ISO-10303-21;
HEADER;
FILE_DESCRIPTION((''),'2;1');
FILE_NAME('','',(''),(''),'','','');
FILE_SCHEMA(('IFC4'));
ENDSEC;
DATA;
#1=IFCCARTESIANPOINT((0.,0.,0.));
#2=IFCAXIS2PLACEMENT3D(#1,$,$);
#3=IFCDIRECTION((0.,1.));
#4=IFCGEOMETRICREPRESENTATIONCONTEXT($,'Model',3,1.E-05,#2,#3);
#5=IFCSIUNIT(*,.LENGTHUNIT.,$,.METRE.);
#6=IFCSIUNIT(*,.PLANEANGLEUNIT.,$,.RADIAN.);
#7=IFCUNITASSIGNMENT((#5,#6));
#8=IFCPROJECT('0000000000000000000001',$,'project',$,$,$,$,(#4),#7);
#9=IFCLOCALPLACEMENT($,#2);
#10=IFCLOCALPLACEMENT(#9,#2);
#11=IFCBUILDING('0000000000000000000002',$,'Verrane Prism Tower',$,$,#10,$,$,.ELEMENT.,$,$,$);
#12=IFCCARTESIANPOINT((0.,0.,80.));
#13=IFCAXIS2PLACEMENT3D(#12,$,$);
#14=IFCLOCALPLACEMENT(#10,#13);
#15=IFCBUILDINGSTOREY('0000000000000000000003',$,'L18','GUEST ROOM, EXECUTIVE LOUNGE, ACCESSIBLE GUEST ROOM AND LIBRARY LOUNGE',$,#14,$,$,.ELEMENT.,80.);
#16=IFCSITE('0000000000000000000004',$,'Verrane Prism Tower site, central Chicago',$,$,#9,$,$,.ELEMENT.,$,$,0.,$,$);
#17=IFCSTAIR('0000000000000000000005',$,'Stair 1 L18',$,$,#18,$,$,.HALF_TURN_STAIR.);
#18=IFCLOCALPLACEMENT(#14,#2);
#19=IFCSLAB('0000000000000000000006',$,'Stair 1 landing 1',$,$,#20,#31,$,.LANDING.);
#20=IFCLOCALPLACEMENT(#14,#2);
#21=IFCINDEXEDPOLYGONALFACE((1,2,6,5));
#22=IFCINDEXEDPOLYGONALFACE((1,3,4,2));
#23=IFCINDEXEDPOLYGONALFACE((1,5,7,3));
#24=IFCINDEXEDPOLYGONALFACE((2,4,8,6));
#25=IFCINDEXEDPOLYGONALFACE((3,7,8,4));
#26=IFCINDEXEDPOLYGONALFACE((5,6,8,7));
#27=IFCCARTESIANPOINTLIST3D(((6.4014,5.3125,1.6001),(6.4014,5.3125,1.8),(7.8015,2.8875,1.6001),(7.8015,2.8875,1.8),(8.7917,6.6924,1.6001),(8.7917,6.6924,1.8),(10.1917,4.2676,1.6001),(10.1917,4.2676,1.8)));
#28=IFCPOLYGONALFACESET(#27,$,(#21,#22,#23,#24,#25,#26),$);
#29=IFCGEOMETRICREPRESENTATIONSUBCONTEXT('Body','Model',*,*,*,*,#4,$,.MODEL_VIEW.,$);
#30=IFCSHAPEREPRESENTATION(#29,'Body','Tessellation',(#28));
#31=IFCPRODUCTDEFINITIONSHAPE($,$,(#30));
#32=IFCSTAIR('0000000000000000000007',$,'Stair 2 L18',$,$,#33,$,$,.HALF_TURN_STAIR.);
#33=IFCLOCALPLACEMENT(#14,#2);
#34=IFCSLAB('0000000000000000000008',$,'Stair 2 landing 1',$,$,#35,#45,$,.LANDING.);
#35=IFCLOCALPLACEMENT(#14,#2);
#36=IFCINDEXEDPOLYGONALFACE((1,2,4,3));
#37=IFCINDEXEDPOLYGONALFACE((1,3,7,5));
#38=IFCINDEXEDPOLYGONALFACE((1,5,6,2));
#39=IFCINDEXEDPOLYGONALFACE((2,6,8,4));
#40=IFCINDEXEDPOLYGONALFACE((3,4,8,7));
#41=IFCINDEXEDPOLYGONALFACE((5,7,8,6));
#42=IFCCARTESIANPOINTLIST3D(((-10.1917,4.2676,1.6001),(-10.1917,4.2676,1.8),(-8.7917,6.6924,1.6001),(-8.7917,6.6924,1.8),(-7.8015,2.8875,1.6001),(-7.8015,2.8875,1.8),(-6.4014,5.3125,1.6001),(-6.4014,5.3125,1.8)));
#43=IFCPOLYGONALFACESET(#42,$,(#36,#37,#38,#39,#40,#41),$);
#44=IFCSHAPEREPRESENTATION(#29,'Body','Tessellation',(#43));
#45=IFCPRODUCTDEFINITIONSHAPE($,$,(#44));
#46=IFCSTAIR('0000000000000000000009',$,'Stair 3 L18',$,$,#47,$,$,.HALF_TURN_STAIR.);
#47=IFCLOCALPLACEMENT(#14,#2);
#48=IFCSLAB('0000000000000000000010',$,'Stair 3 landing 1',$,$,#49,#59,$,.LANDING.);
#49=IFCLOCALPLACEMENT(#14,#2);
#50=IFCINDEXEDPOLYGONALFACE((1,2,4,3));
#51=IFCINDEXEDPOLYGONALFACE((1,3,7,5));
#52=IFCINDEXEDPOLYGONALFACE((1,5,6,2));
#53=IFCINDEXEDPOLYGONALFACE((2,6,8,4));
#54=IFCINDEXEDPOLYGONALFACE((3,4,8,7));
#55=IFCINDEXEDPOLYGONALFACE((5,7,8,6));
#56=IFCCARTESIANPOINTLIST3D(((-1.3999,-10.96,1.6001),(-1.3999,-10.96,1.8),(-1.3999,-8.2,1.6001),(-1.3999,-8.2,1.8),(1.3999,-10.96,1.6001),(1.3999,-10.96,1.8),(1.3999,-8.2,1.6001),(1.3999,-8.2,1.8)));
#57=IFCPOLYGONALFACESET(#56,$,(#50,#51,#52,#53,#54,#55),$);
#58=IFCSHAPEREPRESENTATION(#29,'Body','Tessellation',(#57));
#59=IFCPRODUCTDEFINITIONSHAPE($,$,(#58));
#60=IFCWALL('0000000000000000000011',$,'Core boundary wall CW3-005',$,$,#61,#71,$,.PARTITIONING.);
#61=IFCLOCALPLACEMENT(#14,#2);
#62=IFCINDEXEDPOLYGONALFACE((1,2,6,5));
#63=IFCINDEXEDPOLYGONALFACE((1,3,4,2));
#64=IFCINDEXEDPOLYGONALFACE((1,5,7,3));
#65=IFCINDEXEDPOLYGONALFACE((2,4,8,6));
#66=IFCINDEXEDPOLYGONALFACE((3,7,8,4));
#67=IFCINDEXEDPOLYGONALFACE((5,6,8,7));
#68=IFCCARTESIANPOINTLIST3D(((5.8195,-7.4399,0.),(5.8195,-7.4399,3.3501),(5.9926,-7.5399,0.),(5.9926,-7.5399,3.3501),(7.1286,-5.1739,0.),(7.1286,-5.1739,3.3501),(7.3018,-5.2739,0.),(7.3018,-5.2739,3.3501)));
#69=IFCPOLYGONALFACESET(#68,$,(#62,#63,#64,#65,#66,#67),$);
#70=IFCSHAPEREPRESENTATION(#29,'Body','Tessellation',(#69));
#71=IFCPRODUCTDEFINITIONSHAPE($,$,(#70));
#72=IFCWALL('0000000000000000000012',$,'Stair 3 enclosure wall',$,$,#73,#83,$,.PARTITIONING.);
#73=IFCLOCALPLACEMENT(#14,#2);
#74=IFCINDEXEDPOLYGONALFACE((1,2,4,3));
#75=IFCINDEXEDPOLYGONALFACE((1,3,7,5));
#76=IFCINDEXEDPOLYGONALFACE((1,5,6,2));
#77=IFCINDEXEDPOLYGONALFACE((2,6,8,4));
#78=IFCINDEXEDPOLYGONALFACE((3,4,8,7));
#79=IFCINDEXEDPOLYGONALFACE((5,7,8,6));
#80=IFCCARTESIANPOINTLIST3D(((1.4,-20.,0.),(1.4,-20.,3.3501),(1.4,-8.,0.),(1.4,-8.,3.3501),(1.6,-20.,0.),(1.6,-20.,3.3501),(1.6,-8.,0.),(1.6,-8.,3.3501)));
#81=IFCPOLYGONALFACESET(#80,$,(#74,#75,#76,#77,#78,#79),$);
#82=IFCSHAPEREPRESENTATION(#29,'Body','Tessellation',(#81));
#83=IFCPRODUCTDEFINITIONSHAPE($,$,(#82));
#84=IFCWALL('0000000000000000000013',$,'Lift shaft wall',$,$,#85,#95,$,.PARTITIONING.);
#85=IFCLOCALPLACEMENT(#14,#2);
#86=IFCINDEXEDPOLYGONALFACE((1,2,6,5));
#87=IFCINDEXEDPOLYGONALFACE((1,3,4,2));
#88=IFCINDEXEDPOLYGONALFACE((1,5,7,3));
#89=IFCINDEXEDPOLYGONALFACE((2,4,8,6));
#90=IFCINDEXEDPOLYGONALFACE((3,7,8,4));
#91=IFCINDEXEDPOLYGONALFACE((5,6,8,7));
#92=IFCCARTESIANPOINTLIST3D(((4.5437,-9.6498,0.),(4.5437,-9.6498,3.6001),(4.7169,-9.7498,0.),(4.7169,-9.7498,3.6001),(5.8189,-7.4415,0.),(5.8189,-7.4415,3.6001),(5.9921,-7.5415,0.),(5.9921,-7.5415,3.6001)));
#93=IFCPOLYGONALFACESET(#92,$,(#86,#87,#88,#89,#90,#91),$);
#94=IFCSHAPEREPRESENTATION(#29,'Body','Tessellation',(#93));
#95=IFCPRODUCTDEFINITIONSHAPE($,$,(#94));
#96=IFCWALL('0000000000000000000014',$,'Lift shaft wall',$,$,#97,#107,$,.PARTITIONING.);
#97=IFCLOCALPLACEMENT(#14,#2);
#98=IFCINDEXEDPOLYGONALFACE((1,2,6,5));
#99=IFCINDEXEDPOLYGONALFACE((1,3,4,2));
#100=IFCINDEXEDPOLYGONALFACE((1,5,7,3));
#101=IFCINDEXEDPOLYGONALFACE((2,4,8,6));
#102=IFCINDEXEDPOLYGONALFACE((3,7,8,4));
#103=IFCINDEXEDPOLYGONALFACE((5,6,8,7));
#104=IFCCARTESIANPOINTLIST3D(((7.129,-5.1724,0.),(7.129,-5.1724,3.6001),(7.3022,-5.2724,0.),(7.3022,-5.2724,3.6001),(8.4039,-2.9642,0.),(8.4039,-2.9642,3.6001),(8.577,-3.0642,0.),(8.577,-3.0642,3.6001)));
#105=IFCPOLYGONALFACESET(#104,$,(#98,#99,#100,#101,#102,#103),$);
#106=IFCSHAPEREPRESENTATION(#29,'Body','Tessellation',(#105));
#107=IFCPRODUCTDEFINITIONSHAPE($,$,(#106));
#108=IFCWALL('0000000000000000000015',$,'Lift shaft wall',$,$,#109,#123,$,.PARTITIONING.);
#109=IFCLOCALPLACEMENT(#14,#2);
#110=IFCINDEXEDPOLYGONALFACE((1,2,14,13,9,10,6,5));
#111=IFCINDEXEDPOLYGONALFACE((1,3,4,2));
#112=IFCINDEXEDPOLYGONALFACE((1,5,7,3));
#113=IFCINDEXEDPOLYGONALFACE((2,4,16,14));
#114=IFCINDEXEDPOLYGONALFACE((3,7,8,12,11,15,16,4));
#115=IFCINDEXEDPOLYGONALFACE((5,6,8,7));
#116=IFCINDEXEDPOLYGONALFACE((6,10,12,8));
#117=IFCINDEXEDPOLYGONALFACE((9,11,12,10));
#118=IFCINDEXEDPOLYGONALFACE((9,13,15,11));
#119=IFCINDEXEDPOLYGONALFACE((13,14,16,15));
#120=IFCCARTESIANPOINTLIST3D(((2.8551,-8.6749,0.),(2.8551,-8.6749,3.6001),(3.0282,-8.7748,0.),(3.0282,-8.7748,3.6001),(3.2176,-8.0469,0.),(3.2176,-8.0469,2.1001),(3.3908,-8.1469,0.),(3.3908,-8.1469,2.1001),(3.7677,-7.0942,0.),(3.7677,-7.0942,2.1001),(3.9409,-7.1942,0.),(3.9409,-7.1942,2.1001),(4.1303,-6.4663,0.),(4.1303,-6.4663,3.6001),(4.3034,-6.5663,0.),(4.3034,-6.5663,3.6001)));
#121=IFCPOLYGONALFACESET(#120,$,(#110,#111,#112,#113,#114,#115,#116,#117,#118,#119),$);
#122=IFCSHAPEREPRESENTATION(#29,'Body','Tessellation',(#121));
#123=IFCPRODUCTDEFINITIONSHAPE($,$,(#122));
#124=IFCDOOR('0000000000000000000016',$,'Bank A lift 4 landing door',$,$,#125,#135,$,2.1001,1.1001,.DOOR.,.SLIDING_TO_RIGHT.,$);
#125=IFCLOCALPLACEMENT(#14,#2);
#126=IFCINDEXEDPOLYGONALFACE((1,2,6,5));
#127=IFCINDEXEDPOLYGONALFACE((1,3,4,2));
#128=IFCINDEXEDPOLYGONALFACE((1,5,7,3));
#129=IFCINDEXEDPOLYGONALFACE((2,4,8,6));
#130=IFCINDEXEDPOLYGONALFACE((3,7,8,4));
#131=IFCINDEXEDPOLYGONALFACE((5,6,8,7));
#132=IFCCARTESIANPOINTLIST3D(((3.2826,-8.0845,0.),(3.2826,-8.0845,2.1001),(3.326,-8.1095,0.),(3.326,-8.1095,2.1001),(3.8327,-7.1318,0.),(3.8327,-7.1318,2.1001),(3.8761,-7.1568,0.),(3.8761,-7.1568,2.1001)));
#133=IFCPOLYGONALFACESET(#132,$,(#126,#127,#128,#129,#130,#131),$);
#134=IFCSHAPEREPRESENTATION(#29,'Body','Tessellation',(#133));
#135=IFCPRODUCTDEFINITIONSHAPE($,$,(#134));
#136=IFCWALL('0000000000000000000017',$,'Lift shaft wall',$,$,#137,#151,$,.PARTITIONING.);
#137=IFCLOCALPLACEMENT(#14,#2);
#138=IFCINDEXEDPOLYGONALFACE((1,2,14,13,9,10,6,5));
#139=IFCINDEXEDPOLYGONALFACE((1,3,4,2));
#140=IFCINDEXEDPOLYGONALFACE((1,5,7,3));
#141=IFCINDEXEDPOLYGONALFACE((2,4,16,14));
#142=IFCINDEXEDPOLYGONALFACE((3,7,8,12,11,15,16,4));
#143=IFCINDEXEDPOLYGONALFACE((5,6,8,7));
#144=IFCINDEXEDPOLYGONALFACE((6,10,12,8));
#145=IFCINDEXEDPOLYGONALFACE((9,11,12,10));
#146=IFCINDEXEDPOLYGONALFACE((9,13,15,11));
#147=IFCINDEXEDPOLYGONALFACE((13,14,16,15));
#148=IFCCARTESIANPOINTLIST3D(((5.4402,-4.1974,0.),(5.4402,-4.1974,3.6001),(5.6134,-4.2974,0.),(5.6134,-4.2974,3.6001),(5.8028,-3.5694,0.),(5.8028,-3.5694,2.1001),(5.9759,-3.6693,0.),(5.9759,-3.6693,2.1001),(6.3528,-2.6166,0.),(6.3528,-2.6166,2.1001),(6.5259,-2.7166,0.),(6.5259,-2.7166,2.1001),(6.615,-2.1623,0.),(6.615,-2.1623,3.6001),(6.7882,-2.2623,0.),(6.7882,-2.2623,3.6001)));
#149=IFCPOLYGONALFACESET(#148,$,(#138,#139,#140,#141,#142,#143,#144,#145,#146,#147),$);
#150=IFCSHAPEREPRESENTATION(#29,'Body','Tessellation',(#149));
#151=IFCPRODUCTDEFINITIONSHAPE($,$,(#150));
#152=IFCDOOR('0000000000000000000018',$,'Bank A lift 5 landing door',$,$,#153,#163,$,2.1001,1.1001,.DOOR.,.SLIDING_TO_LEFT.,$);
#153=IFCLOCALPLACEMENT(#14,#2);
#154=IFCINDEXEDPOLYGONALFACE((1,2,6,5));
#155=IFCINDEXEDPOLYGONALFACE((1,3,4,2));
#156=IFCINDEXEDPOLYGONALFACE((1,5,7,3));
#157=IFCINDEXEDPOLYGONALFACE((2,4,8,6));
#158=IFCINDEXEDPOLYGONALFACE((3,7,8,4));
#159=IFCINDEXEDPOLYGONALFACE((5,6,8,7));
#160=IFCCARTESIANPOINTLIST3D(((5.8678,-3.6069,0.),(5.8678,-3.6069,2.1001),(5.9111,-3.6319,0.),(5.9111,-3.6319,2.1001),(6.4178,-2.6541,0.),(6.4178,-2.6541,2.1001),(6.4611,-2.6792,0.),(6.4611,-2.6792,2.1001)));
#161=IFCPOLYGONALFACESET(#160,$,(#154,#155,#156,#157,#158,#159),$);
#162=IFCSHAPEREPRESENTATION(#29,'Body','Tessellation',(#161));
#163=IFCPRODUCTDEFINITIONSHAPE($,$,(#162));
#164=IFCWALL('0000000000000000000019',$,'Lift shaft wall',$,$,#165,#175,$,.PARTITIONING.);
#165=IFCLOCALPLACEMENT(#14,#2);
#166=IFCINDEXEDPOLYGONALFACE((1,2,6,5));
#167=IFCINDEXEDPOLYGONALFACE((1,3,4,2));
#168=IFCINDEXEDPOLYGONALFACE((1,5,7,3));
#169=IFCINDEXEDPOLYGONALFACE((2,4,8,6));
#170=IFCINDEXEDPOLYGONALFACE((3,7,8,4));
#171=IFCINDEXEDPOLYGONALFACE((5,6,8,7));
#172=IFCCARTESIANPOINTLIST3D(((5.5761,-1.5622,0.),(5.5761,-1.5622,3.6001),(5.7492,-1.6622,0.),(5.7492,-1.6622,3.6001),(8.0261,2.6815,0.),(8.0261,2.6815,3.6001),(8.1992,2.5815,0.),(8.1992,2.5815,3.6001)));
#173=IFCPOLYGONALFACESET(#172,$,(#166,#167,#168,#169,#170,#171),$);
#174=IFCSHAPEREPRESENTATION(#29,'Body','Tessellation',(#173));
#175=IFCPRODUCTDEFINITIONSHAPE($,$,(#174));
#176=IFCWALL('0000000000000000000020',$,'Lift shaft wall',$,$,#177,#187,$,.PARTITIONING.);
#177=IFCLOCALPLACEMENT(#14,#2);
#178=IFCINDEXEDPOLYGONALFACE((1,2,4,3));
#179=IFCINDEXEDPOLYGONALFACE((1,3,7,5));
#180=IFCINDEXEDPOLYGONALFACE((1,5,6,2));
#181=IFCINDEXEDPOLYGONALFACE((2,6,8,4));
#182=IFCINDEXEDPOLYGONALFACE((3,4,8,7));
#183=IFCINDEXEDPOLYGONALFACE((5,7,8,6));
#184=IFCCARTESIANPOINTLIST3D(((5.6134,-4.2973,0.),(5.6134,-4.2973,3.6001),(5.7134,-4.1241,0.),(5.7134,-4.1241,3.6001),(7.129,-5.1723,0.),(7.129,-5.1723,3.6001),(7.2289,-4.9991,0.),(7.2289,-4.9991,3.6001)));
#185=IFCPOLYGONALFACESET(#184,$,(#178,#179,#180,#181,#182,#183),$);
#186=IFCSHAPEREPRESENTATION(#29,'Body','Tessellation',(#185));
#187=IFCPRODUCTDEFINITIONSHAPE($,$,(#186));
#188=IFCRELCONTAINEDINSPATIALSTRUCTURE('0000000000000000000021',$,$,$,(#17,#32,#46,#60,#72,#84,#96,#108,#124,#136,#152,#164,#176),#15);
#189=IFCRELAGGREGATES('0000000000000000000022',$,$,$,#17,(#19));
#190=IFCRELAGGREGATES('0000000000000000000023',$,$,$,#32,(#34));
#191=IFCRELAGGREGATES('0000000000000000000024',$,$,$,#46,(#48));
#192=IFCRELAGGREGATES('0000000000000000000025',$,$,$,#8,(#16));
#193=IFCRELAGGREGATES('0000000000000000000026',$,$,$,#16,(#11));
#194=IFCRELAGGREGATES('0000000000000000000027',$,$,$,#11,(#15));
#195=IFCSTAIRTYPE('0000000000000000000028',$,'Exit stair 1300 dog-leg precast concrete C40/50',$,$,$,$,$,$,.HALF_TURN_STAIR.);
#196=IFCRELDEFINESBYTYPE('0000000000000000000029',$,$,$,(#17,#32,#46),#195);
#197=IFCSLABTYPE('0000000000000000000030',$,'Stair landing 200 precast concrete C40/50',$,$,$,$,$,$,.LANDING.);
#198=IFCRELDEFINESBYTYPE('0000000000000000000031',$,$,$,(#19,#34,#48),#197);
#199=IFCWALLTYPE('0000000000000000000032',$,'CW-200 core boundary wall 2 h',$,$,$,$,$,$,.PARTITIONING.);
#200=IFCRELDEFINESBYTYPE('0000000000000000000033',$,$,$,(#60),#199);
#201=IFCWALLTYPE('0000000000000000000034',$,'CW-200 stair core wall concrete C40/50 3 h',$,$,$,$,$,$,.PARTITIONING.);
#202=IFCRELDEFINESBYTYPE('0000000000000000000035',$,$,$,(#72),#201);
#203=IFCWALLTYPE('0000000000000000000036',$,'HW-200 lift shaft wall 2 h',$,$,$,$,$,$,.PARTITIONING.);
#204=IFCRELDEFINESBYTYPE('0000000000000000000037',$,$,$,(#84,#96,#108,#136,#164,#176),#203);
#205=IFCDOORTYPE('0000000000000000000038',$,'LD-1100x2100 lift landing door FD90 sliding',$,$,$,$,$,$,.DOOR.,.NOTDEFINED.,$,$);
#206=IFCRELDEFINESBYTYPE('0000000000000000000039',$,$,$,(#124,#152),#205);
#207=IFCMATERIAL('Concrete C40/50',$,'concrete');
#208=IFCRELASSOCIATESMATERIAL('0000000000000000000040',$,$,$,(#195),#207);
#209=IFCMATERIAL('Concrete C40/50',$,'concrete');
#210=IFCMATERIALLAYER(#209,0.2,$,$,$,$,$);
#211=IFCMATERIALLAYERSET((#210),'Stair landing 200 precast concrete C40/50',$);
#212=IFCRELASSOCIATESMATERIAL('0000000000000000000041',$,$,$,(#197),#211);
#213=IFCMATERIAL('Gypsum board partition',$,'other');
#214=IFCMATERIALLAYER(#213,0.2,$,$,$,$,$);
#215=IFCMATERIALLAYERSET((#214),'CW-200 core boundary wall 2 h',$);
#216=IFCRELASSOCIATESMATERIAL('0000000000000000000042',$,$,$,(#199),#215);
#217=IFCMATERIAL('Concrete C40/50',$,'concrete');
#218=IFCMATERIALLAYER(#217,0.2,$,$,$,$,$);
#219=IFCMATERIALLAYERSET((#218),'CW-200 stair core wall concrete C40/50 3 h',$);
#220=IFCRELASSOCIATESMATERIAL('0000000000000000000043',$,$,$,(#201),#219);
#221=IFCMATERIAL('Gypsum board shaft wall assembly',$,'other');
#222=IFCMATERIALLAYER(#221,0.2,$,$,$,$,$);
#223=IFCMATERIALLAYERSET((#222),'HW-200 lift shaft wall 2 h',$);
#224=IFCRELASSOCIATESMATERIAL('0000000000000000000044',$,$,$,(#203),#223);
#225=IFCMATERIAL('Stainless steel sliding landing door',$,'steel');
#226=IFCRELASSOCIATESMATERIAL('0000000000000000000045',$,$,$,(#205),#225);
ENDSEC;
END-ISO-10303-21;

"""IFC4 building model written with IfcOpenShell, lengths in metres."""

from ifc_helpers import new_model, si_unit, direction, frame, frame_2d, origin, place, context, subcontext, project, spatial, polyline, rectangle, outline, extrude, material, layer, layer_set, type_object, element, fill, aggregate, save


model = new_model("IFC4")

# Units and contexts
model_context = context("Model", 3, precision=1e-05, world=origin(), true_north=direction((0.0, 1.0)))
body_context = subcontext(model_context, "Body", "Model", "MODEL_VIEW")
ifc_project = project(units=[si_unit("LENGTHUNIT", "METRE"), si_unit("PLANEANGLEUNIT", "RADIAN")], contexts=[model_context])

# Site, building, storey
site_placement = place(None, origin())
site = spatial("IfcSite", under=ifc_project, at=site_placement, Name="Verrane Prism Tower site, central Chicago", CompositionType="ELEMENT", RefElevation=0.0)
building_placement = place(site_placement, origin())
building = spatial("IfcBuilding", under=site, at=building_placement, Name="Verrane Prism Tower", CompositionType="ELEMENT")
storey_placement = place(building_placement, frame((0.0, 0.0, 80.0)))
storey = spatial("IfcBuildingStorey", under=building, at=storey_placement, Name="L18", Description="GUEST ROOM, EXECUTIVE LOUNGE, ACCESSIBLE GUEST ROOM AND LIBRARY LOUNGE", CompositionType="ELEMENT", Elevation=80.0)

# Stairs, slabs
ifc_material_1 = material(Name="Concrete C40/50", Category="concrete")
stair_type = type_object("IfcStairType", Name="Exit stair 1300 dog-leg precast concrete C40/50", PredefinedType="HALF_TURN_STAIR", material=ifc_material_1)
stair_1_placement = place(storey_placement, origin())
stair_1 = element("IfcStair", 1, at=stair_1_placement, inside=storey, type_object=stair_type, Name="Stair 1 L18", PredefinedType="HALF_TURN_STAIR")
ifc_material_2 = material(Name="Concrete C40/50", Category="concrete")
ifc_layer_1 = layer(ifc_material_2, 0.2)
ifc_layer_set_1 = layer_set([ifc_layer_1], Name="Stair landing 200 precast concrete C40/50")
slab_type = type_object("IfcSlabType", Name="Stair landing 200 precast concrete C40/50", PredefinedType="LANDING", material=ifc_layer_set_1)
slab_1_placement = place(storey_placement, frame((0.0, 0.0, 1.6001)))
slab_1 = element("IfcSlab", 2, at=slab_1_placement, type_object=slab_type, Name="Stair 1 landing 1", PredefinedType="LANDING", context=body_context, shape_type="SweptSolid", body=[
    extrude(outline(polyline([(8.7917, 6.6924), (6.4014, 5.3125), (7.8015, 2.8875), (10.1917, 4.2676), (8.7917, 6.6924)])), origin(), (0.0, 0.0, 1.0), 0.2),
])
aggregate(stair_1, [slab_1])
stair_2_placement = place(storey_placement, origin())
stair_2 = element("IfcStair", 3, at=stair_2_placement, inside=storey, type_object=stair_type, Name="Stair 2 L18", PredefinedType="HALF_TURN_STAIR")
slab_2_placement = place(storey_placement, frame((0.0, 0.0, 1.6001)))
slab_2 = element("IfcSlab", 4, at=slab_2_placement, type_object=slab_type, Name="Stair 2 landing 1", PredefinedType="LANDING", context=body_context, shape_type="SweptSolid", body=[
    extrude(outline(polyline([(-10.1917, 4.2676), (-7.8015, 2.8875), (-6.4014, 5.3125), (-8.7917, 6.6924), (-10.1917, 4.2676)])), origin(), (0.0, 0.0, 1.0), 0.2),
])
aggregate(stair_2, [slab_2])
stair_3_placement = place(storey_placement, origin())
stair_3 = element("IfcStair", 5, at=stair_3_placement, inside=storey, type_object=stair_type, Name="Stair 3 L18", PredefinedType="HALF_TURN_STAIR")
slab_3_placement = place(storey_placement, frame((0.0, 0.0, 1.6001)))
slab_3 = element("IfcSlab", 6, at=slab_3_placement, type_object=slab_type, Name="Stair 3 landing 1", PredefinedType="LANDING", context=body_context, shape_type="SweptSolid", body=[
    extrude(outline(polyline([(1.3999, -10.96), (1.3999, -8.2), (-1.3999, -8.2), (-1.3999, -10.96), (1.3999, -10.96)])), origin(), (0.0, 0.0, 1.0), 0.2),
])
aggregate(stair_3, [slab_3])

# Walls
ifc_material_3 = material(Name="Gypsum board partition", Category="other")
ifc_layer_2 = layer(ifc_material_3, 0.2)
ifc_layer_set_2 = layer_set([ifc_layer_2], Name="CW-200 core boundary wall 2 h")
wall_type_1 = type_object("IfcWallType", Name="CW-200 core boundary wall 2 h", PredefinedType="PARTITIONING", material=ifc_layer_set_2)
wall_1_placement = place(storey_placement, frame((5.906, -7.49, 0.0), z_axis=(0.0, 0.0, 1.0), x_axis=(0.500253, 0.865879, 0.0)))
element("IfcWall", 7, at=wall_1_placement, inside=storey, type_object=wall_type_1, Name="Core boundary wall CW3-005", PredefinedType="PARTITIONING", context=body_context, shape_type="SweptSolid", body=[
    extrude(rectangle(XDim=2.6169, YDim=0.2, at=frame_2d((1.3086, 0.0))), origin(), (0.0, 0.0, 1.0), 3.3501),
])
ifc_material_4 = material(Name="Concrete C40/50", Category="concrete")
ifc_layer_3 = layer(ifc_material_4, 0.2)
ifc_layer_set_3 = layer_set([ifc_layer_3], Name="CW-200 stair core wall concrete C40/50 3 h")
wall_type_2 = type_object("IfcWallType", Name="CW-200 stair core wall concrete C40/50 3 h", PredefinedType="PARTITIONING", material=ifc_layer_set_3)
wall_2_placement = place(storey_placement, frame((1.5, -8.0, 0.0), z_axis=(0.0, 0.0, 1.0), x_axis=(0.0, -1.0, 0.0)))
element("IfcWall", 8, at=wall_2_placement, inside=storey, type_object=wall_type_2, Name="Stair 3 enclosure wall", PredefinedType="PARTITIONING", context=body_context, shape_type="SweptSolid", body=[
    extrude(rectangle(XDim=12.0, YDim=0.2, at=frame_2d((6.0, 0.0))), origin(), (0.0, 0.0, 1.0), 3.3501),
])
ifc_material_5 = material(Name="Gypsum board shaft wall assembly", Category="other")
ifc_layer_4 = layer(ifc_material_5, 0.2)
ifc_layer_set_4 = layer_set([ifc_layer_4], Name="HW-200 lift shaft wall 2 h")
wall_type_3 = type_object("IfcWallType", Name="HW-200 lift shaft wall 2 h", PredefinedType="PARTITIONING", material=ifc_layer_set_4)
wall_3_placement = place(storey_placement, frame((4.6304, -9.6997, 0.0), z_axis=(0.0, 0.0, 1.0), x_axis=(0.500062, 0.865989, 0.0)))
element("IfcWall", 9, at=wall_3_placement, inside=storey, type_object=wall_type_3, Name="Lift shaft wall", PredefinedType="PARTITIONING", context=body_context, shape_type="SweptSolid", body=[
    extrude(rectangle(XDim=2.55, YDim=0.2, at=frame_2d((1.2749, 0.0))), origin(), (0.0, 0.0, 1.0), 3.6001),
])
wall_4_placement = place(storey_placement, frame((7.2156, -5.2224, 0.0), z_axis=(0.0, 0.0, 1.0), x_axis=(0.49999, 0.866031, 0.0)))
element("IfcWall", 10, at=wall_4_placement, inside=storey, type_object=wall_type_3, Name="Lift shaft wall", PredefinedType="PARTITIONING", context=body_context, shape_type="SweptSolid", body=[
    extrude(rectangle(XDim=2.5498, YDim=0.2, at=frame_2d((1.2749, 0.0))), origin(), (0.0, 0.0, 1.0), 3.6001),
])

# Walls, openings, doors
wall_5_placement = place(storey_placement, frame((2.9417, -8.7249, 0.0), z_axis=(0.0, 0.0, 1.0), x_axis=(0.500021, 0.866013, 0.0)))
wall_5 = element("IfcWall", 11, at=wall_5_placement, inside=storey, type_object=wall_type_3, Name="Lift shaft wall", PredefinedType="PARTITIONING", context=body_context, shape_type="SweptSolid", body=[
    extrude(rectangle(XDim=2.5503, YDim=0.2, at=frame_2d((1.2751, 0.0))), origin(), (0.0, 0.0, 1.0), 3.6001),
])
opening_1_placement = place(wall_5_placement, frame((0.7251, 0.0, 0.0)))
opening_1 = element("IfcOpeningElement", 12, at=opening_1_placement, cuts=wall_5, PredefinedType="OPENING", context=body_context, shape_type="SweptSolid", body=[
    extrude(rectangle(XDim=1.1001, YDim=2.1001, at=frame_2d((0.55, 1.05))), frame((0.0, 0.1099, 0.0), z_axis=(0.0, -1.0, 0.0), x_axis=(1.0, 0.0, 0.0)), (0.0, 0.0, 1.0), 0.22),
])
ifc_material_6 = material(Name="Stainless steel sliding landing door", Category="steel")
door_type_1 = type_object("IfcDoorType", Name="LD-1100x2100 lift landing door FD90 sliding", OperationType="NOTDEFINED", PredefinedType="DOOR", material=ifc_material_6)
door_1_placement = place(opening_1_placement, origin())
door_1 = element("IfcDoor", 13, at=door_1_placement, inside=storey, type_object=door_type_1, Name="Bank A lift 4 landing door", OperationType="SLIDING_TO_RIGHT", OverallHeight=2.1001, OverallWidth=1.1001, PredefinedType="DOOR", context=body_context, shape_type="SweptSolid", body=[
    extrude(rectangle(XDim=1.1001, YDim=2.1001, at=frame_2d((0.55, 1.05))), frame((0.0, 0.0249, 0.0), z_axis=(0.0, -1.0, 0.0), x_axis=(1.0, 0.0, 0.0)), (0.0, 0.0, 1.0), 0.05),
])
fill(opening_1, door_1)
wall_6_placement = place(storey_placement, frame((5.5269, -4.2473, 0.0), z_axis=(0.0, 0.0, 1.0), x_axis=(0.499938, 0.866061, 0.0)))
wall_6 = element("IfcWall", 14, at=wall_6_placement, inside=storey, type_object=wall_type_3, Name="Lift shaft wall", PredefinedType="PARTITIONING", context=body_context, shape_type="SweptSolid", body=[
    extrude(rectangle(XDim=2.3499, YDim=0.2, at=frame_2d((1.1748, 0.0))), origin(), (0.0, 0.0, 1.0), 3.6001),
])
opening_2_placement = place(wall_6_placement, frame((0.7251, 0.0, 0.0)))
opening_2 = element("IfcOpeningElement", 15, at=opening_2_placement, cuts=wall_6, PredefinedType="OPENING", context=body_context, shape_type="SweptSolid", body=[
    extrude(rectangle(XDim=1.1001, YDim=2.1001, at=frame_2d((0.55, 1.05))), frame((0.0, 0.1099, 0.0), z_axis=(0.0, -1.0, 0.0), x_axis=(1.0, 0.0, 0.0)), (0.0, 0.0, 1.0), 0.22),
])
door_2_placement = place(opening_2_placement, origin())
door_2 = element("IfcDoor", 16, at=door_2_placement, inside=storey, type_object=door_type_1, Name="Bank A lift 5 landing door", OperationType="SLIDING_TO_LEFT", OverallHeight=2.1001, OverallWidth=1.1001, PredefinedType="DOOR", context=body_context, shape_type="SweptSolid", body=[
    extrude(rectangle(XDim=1.1001, YDim=2.1001, at=frame_2d((0.55, 1.05))), frame((0.0, 0.0249, 0.0), z_axis=(0.0, -1.0, 0.0), x_axis=(1.0, 0.0, 0.0)), (0.0, 0.0, 1.0), 0.05),
])
fill(opening_2, door_2)

# Walls
wall_7_placement = place(storey_placement, frame((5.6626, -1.6123, 0.0), z_axis=(0.0, 0.0, 1.0), x_axis=(0.499981, 0.866036, 0.0)))
element("IfcWall", 17, at=wall_7_placement, inside=storey, type_object=wall_type_3, Name="Lift shaft wall", PredefinedType="PARTITIONING", context=body_context, shape_type="SweptSolid", body=[
    extrude(rectangle(XDim=4.9001, YDim=0.2, at=frame_2d((2.4502, 0.0))), origin(), (0.0, 0.0, 1.0), 3.6001),
])
wall_8_placement = place(storey_placement, frame((7.179, -5.0857, 0.0), z_axis=(0.0, 0.0, 1.0), x_axis=(-0.866037, 0.49998, 0.0)))
element("IfcWall", 18, at=wall_8_placement, inside=storey, type_object=wall_type_3, Name="Lift shaft wall", PredefinedType="PARTITIONING", context=body_context, shape_type="SweptSolid", body=[
    extrude(rectangle(XDim=1.75, YDim=0.2, at=frame_2d((0.875, 0.0))), origin(), (0.0, 0.0, 1.0), 3.6001),
])

save(model, "model.ifc")
